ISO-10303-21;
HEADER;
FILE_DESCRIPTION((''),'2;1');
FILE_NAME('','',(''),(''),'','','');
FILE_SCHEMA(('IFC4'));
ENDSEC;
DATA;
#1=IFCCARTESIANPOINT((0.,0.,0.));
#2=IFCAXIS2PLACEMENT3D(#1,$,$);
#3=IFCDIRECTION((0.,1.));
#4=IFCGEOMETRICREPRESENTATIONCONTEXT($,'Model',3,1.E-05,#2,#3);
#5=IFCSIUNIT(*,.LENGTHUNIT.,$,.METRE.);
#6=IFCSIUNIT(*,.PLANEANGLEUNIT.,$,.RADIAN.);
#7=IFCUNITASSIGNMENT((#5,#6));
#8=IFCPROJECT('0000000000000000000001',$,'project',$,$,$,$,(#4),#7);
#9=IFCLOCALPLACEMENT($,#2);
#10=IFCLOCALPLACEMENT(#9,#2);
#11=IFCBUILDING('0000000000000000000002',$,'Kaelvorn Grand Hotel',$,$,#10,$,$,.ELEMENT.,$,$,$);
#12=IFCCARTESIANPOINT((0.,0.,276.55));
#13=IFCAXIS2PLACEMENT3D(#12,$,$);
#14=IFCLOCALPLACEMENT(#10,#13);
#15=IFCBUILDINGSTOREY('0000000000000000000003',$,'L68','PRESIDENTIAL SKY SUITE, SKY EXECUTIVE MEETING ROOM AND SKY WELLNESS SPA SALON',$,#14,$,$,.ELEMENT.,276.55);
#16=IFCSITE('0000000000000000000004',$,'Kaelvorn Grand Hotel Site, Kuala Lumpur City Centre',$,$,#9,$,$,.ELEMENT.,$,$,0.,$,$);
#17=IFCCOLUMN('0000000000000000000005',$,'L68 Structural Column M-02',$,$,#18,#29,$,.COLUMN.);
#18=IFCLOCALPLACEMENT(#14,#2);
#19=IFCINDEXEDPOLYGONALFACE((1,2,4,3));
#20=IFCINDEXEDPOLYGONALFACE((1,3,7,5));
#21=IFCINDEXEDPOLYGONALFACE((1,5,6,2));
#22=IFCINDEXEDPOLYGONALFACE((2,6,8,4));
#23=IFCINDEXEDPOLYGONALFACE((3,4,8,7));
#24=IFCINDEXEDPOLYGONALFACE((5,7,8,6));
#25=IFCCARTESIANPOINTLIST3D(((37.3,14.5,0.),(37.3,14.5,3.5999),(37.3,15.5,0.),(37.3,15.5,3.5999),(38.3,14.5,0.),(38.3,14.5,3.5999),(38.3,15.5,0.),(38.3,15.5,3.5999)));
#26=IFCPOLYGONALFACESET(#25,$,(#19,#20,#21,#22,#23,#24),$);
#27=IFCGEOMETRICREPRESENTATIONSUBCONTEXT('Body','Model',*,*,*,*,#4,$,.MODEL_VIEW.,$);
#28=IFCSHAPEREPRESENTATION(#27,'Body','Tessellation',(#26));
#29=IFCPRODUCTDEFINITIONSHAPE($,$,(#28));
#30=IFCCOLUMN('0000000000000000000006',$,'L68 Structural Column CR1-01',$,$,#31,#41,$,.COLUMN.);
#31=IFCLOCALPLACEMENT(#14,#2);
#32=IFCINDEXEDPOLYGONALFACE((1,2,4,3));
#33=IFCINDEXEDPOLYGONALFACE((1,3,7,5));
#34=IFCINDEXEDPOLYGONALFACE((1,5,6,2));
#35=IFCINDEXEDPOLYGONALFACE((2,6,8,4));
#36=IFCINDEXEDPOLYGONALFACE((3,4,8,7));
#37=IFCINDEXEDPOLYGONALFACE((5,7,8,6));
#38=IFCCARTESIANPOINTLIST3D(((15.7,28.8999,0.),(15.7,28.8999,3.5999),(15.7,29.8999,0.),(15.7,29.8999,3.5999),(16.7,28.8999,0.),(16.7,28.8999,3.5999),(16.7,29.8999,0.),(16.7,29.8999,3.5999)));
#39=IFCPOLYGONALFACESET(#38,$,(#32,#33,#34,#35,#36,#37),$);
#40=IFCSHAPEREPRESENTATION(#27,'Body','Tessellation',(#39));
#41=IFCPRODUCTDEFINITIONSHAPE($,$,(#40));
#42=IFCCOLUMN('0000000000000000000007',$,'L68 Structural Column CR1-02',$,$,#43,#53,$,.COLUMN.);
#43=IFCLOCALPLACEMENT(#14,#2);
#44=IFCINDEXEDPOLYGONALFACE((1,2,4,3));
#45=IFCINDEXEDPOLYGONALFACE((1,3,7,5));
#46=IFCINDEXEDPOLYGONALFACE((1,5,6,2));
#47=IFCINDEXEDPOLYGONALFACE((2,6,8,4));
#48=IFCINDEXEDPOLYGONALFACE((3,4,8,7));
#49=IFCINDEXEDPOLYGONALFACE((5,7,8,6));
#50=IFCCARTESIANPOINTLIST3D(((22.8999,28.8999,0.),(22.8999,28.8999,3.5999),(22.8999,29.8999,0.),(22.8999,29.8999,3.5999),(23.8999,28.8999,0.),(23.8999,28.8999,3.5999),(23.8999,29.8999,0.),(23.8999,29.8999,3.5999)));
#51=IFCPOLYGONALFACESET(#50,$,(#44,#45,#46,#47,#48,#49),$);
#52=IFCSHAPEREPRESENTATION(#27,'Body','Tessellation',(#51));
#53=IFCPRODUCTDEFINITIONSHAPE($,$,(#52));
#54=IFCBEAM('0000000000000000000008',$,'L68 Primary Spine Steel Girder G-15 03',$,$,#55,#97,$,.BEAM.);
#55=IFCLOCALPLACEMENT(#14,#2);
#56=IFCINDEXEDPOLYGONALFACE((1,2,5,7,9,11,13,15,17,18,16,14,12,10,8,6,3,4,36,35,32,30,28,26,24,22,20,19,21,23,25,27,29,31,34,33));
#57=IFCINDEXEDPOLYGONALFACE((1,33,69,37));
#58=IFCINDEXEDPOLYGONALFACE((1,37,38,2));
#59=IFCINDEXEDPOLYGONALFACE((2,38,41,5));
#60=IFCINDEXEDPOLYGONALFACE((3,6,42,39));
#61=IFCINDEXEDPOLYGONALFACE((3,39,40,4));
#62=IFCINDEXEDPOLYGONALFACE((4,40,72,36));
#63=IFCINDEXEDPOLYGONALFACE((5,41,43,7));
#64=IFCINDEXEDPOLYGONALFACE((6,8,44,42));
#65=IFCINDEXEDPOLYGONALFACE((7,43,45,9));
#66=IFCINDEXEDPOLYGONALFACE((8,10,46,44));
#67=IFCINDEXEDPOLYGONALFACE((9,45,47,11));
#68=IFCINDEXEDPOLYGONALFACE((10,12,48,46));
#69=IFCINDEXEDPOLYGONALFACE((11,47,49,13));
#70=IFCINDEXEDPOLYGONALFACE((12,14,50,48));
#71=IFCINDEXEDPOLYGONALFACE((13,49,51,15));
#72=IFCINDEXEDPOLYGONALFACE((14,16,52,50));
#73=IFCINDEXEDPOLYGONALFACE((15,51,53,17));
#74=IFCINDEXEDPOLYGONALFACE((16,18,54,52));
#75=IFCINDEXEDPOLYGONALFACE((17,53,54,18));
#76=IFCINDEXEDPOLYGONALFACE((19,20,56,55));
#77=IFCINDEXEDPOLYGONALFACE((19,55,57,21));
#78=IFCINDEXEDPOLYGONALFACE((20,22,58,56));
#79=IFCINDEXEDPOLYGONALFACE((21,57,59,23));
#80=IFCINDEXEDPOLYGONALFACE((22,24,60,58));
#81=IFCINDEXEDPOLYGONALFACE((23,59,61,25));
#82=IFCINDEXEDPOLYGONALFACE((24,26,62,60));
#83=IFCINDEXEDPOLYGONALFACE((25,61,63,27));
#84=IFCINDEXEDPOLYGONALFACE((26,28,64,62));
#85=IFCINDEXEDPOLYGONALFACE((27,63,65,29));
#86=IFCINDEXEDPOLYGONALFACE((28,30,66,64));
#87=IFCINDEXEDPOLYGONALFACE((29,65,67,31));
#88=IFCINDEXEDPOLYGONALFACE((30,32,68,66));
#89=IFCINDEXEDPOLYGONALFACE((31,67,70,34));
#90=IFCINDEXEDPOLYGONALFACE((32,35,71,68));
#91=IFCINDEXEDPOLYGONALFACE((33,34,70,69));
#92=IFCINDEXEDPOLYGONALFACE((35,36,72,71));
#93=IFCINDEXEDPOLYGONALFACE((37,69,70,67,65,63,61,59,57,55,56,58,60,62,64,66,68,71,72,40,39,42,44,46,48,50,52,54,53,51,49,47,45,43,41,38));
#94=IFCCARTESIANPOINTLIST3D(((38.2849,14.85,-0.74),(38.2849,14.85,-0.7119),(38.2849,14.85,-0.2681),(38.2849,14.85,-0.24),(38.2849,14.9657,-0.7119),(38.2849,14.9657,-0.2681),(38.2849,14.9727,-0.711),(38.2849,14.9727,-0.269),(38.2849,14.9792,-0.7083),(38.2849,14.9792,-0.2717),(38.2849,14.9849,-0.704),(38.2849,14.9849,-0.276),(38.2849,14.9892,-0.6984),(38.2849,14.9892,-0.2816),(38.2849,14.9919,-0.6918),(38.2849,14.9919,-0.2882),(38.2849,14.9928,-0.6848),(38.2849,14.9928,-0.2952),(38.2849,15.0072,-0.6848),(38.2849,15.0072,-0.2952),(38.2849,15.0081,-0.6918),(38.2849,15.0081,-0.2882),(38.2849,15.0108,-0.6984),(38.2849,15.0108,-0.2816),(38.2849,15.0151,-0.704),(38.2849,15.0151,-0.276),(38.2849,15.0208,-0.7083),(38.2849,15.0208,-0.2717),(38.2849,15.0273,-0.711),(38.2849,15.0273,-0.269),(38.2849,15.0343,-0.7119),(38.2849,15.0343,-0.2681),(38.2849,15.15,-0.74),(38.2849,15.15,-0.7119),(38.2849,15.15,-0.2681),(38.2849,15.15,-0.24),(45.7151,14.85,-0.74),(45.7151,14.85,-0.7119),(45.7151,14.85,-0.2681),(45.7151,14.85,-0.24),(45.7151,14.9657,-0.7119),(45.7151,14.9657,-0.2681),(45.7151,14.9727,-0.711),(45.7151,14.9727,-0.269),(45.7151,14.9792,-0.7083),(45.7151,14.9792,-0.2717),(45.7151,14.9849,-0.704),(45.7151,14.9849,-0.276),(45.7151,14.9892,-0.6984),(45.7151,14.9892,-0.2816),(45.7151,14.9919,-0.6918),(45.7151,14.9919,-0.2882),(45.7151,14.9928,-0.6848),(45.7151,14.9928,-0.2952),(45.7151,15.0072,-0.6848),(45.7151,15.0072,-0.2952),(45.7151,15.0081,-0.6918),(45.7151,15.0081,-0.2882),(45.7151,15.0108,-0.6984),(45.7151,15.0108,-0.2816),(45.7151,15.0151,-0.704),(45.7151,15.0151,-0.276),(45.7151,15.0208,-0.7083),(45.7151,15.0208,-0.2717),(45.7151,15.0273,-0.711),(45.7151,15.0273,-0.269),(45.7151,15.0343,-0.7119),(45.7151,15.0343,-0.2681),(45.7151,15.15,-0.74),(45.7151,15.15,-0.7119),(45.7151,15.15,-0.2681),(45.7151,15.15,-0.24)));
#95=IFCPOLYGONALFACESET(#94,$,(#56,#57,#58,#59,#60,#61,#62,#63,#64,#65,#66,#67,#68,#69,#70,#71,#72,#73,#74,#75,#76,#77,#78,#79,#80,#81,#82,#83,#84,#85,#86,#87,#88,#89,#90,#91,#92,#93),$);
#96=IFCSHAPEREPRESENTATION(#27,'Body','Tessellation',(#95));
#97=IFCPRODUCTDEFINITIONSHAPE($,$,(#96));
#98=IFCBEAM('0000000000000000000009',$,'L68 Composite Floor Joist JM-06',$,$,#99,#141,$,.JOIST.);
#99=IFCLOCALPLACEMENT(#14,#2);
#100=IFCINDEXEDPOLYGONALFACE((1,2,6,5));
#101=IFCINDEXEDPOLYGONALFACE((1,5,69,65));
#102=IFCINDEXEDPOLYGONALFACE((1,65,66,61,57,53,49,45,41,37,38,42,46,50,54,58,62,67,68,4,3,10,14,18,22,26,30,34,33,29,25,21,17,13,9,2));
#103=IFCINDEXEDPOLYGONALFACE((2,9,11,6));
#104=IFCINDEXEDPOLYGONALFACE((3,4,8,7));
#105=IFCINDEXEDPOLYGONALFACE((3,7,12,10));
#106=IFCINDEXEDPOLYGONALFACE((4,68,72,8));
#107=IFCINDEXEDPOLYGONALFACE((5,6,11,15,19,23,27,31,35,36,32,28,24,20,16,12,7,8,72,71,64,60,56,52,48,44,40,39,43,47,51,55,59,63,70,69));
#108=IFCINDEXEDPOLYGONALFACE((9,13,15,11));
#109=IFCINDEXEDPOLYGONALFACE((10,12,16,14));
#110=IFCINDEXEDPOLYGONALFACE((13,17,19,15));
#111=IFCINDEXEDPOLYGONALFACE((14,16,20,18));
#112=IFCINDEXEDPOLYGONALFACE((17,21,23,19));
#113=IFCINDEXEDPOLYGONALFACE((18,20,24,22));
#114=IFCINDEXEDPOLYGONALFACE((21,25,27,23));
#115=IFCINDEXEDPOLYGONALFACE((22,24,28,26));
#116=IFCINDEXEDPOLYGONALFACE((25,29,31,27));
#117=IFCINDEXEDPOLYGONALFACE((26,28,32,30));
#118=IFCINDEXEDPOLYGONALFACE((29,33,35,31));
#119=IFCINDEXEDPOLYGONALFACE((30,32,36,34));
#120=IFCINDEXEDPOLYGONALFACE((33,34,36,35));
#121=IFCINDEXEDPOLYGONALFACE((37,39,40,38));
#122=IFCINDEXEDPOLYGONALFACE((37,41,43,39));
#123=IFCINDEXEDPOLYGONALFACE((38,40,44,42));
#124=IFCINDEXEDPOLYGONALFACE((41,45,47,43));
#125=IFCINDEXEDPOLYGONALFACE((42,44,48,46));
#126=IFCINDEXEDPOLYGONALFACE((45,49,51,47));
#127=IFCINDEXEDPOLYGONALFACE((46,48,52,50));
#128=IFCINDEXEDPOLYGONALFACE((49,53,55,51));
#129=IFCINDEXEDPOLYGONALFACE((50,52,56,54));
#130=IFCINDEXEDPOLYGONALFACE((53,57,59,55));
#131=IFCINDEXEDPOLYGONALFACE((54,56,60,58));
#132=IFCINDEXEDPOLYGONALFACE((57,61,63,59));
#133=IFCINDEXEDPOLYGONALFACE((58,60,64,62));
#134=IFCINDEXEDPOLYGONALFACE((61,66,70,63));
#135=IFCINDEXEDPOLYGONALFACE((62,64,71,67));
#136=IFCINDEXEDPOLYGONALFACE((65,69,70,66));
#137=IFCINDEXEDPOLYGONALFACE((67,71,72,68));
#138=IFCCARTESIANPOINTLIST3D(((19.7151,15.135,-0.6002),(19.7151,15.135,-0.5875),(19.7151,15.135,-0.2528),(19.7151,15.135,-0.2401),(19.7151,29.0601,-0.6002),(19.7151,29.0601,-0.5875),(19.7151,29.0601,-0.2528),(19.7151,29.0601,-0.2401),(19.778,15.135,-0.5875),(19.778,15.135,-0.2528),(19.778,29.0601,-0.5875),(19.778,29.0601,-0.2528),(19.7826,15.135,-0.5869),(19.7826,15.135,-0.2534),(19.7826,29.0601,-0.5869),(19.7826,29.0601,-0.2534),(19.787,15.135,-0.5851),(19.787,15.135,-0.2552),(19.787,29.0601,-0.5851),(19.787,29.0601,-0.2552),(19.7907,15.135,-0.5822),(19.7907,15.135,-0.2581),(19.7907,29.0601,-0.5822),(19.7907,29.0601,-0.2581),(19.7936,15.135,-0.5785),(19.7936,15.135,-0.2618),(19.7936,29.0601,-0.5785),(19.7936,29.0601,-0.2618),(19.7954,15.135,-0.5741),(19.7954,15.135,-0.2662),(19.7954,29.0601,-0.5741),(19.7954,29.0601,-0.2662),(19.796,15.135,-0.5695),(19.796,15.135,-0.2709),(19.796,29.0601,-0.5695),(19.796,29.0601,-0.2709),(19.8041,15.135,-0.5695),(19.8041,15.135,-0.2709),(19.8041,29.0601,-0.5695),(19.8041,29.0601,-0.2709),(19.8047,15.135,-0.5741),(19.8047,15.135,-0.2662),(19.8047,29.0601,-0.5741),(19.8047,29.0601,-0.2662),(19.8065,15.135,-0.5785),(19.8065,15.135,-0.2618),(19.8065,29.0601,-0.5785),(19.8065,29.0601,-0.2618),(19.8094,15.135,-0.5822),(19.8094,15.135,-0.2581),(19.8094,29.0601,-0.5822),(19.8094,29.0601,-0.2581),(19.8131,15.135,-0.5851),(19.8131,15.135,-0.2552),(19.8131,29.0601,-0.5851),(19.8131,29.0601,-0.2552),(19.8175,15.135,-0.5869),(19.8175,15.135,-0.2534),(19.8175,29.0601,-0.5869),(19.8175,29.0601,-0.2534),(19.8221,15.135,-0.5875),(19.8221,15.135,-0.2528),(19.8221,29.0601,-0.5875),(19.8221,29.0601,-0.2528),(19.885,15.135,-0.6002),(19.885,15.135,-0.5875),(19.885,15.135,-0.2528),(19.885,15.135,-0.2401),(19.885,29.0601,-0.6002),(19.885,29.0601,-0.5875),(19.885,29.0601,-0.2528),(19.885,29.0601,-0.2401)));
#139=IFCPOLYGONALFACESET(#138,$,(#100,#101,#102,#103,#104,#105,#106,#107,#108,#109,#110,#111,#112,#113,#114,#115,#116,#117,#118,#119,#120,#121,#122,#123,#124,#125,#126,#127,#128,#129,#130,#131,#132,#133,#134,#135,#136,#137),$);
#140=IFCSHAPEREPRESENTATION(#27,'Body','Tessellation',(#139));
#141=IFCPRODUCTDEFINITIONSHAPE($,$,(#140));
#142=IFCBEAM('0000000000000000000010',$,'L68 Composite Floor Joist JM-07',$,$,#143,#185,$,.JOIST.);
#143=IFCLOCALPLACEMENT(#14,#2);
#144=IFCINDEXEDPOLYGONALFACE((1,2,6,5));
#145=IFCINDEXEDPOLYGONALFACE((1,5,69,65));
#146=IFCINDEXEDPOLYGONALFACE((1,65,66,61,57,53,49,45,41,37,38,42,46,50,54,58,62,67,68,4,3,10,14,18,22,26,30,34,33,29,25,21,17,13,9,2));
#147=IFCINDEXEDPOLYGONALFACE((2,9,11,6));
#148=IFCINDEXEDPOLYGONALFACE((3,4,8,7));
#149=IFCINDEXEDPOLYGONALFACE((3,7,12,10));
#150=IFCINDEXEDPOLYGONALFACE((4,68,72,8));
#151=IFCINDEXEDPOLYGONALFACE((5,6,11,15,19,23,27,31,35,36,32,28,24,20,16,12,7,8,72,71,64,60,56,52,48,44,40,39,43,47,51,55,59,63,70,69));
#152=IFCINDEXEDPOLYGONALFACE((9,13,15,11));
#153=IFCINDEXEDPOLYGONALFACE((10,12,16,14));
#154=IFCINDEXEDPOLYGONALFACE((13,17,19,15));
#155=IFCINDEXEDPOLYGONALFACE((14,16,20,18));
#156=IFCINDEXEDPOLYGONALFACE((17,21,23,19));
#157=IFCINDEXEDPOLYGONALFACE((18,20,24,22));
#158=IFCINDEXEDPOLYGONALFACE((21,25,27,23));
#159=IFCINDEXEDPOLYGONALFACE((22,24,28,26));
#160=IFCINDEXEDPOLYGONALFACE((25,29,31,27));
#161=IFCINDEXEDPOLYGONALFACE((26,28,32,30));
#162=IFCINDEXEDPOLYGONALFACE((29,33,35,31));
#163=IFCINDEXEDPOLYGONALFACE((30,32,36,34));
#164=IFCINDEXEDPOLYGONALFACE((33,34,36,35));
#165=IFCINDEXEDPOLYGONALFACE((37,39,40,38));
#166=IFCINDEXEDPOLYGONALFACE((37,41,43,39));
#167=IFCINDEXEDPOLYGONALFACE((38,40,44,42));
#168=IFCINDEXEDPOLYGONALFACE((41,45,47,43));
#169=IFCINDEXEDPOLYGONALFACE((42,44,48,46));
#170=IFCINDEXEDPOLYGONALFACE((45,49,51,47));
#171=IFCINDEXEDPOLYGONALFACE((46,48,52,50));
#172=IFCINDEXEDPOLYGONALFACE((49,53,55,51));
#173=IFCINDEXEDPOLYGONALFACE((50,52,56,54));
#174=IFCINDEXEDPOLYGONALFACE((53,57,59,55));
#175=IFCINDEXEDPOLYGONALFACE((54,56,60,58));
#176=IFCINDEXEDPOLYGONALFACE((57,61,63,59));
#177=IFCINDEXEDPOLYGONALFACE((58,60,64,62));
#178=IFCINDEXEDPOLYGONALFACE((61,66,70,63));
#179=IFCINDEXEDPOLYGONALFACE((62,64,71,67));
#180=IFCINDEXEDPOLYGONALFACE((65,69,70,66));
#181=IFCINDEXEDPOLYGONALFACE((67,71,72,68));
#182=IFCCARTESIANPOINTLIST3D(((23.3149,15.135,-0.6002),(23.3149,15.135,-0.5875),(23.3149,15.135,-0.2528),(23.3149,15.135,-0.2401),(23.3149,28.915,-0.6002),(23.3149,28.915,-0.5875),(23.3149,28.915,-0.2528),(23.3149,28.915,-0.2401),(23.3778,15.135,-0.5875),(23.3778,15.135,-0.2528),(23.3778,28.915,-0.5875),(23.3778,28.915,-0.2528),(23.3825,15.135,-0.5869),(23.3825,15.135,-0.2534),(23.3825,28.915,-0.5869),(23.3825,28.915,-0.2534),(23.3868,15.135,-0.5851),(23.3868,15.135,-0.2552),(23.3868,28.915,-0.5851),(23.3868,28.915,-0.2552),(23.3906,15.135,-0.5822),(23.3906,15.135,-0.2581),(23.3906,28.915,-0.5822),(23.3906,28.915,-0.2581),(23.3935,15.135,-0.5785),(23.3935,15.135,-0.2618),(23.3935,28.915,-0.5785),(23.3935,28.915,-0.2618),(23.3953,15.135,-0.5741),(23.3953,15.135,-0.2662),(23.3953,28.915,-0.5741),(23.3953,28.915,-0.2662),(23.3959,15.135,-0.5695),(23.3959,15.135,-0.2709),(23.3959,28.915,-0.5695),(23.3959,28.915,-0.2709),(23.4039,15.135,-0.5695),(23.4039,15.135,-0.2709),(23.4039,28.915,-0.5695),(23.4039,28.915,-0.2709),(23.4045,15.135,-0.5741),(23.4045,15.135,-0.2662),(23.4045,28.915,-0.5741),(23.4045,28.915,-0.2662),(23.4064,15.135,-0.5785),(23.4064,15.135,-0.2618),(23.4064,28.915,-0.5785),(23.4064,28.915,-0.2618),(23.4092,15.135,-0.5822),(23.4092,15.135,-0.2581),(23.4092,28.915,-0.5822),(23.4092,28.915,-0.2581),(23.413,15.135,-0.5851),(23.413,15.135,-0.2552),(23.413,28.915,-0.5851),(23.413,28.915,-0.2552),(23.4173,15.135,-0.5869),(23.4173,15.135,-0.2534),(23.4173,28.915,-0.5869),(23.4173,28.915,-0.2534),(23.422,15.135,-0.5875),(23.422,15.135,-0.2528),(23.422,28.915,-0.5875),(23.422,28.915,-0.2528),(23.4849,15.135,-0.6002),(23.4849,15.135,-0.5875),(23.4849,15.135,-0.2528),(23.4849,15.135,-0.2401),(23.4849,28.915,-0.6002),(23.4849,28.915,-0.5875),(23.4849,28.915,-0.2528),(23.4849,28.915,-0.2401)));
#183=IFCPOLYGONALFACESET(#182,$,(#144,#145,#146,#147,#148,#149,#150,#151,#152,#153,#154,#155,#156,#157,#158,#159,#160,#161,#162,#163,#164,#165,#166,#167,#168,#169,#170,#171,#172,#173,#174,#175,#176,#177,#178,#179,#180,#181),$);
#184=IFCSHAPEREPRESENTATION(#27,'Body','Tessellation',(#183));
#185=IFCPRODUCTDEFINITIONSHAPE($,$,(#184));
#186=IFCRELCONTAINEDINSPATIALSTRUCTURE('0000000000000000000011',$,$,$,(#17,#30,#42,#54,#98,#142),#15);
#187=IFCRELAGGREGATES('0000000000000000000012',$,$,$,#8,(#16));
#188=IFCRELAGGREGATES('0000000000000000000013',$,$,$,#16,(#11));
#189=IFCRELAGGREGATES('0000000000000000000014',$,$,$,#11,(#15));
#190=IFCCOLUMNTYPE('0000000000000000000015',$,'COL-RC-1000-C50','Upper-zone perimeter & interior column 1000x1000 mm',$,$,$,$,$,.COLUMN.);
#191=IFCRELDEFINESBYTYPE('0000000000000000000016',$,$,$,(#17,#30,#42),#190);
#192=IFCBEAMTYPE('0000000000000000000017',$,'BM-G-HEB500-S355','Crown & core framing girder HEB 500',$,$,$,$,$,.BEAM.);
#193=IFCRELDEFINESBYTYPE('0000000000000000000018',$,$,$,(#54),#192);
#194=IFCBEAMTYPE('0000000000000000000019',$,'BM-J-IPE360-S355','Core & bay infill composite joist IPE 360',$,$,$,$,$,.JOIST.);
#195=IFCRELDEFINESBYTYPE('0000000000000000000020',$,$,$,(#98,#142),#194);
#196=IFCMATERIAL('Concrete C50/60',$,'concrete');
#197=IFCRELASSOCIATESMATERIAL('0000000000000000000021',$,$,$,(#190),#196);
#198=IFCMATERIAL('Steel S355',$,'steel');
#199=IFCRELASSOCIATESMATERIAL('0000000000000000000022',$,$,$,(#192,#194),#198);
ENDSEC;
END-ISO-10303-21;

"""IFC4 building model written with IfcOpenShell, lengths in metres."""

from ifc_helpers import new_model, si_unit, direction, frame, origin, origin_2d, place, context, subcontext, project, spatial, rectangle, i_section, extrude, material, material_profile, profile_set, type_object, element, save


model = new_model("IFC4")

# Units and contexts
model_context = context("Model", 3, precision=1e-05, world=origin(), true_north=direction((0.0, 1.0)))
body_context = subcontext(model_context, "Body", "Model", "MODEL_VIEW")
ifc_project = project(units=[si_unit("LENGTHUNIT", "METRE"), si_unit("PLANEANGLEUNIT", "RADIAN")], contexts=[model_context])

# Site, building, storey
site_placement = place(None, origin())
site = spatial("IfcSite", under=ifc_project, at=site_placement, Name="Kaelvorn Grand Hotel Site, Kuala Lumpur City Centre", CompositionType="ELEMENT", RefElevation=0.0)
building_placement = place(site_placement, origin())
building = spatial("IfcBuilding", under=site, at=building_placement, Name="Kaelvorn Grand Hotel", CompositionType="ELEMENT")
storey_placement = place(building_placement, frame((0.0, 0.0, 276.55)))
storey = spatial("IfcBuildingStorey", under=building, at=storey_placement, Name="L68", Description="PRESIDENTIAL SKY SUITE, SKY EXECUTIVE MEETING ROOM AND SKY WELLNESS SPA SALON", CompositionType="ELEMENT", Elevation=276.55)

# Columns
ifc_material_1 = material(Name="Concrete C50/60", Category="concrete")
ifc_material_profile_1 = material_profile(ifc_material_1, rectangle(XDim=1.0, YDim=1.0, at=origin_2d()), Name="RC COL 1000x1000")
ifc_profile_set_1 = profile_set([ifc_material_profile_1], Name="Concrete C50/60")
column_type = type_object("IfcColumnType", Name="COL-RC-1000-C50", Description="Upper-zone perimeter & interior column 1000x1000 mm", PredefinedType="COLUMN", material=ifc_profile_set_1)
for number, where, z_axis, x_axis, name in (
    (1, (37.8, 15.0, 0.0), (0.0, 0.0, 1.0), (1.0, 0.0, 0.0), "L68 Structural Column M-02"),
    (2, (16.2, 29.3999, 0.0), (0.0, 0.0, 1.0), (1.0, 0.0, 0.0), "L68 Structural Column CR1-01"),
    (3, (23.3999, 29.3999, 0.0), (0.0, 0.0, 1.0), (1.0, 0.0, 0.0), "L68 Structural Column CR1-02"),
):
    element("IfcColumn", number, at=place(storey_placement, frame(where, z_axis=z_axis, x_axis=x_axis)), inside=storey, type_object=column_type, Name=name, PredefinedType="COLUMN", context=body_context, shape_type="SweptSolid", body=[
        extrude(rectangle(XDim=1.0, YDim=1.0, at=origin_2d()), origin(), (0.0, 0.0, 1.0), 3.5999),
    ])

# Beams
ifc_material_2 = material(Name="Steel S355", Category="steel")
ifc_material_profile_2 = material_profile(ifc_material_2, i_section(OverallWidth=0.3, OverallDepth=0.5, WebThickness=0.0144, FlangeThickness=0.0281, FilletRadius=0.0271, at=origin_2d()), Name="HEB 500")
ifc_profile_set_2 = profile_set([ifc_material_profile_2], Name="Steel S355")
beam_type_1 = type_object("IfcBeamType", Name="BM-G-HEB500-S355", Description="Crown & core framing girder HEB 500", PredefinedType="BEAM", material=ifc_profile_set_2)
beam_1_placement = place(storey_placement, frame((38.2849, 15.0, -0.49), z_axis=(1.0, 0.0, 0.0), x_axis=(0.0, 1.0, 0.0)))
element("IfcBeam", 4, at=beam_1_placement, inside=storey, type_object=beam_type_1, Name="L68 Primary Spine Steel Girder G-15 03", PredefinedType="BEAM", context=body_context, shape_type="SweptSolid", body=[
    extrude(i_section(OverallWidth=0.3, OverallDepth=0.5, WebThickness=0.0144, FlangeThickness=0.0281, FilletRadius=0.0271, at=origin_2d()), origin(), (0.0, 0.0, 1.0), 7.4302),
])
ifc_material_profile_3 = material_profile(ifc_material_2, i_section(OverallWidth=0.1699, OverallDepth=0.3601, WebThickness=0.0081, FlangeThickness=0.0127, FilletRadius=0.0181, at=origin_2d()), Name="IPE 360")
ifc_profile_set_3 = profile_set([ifc_material_profile_3], Name="Steel S355")
beam_type_2 = type_object("IfcBeamType", Name="BM-J-IPE360-S355", Description="Core & bay infill composite joist IPE 360", PredefinedType="JOIST", material=ifc_profile_set_3)
beam_2_placement = place(storey_placement, frame((19.8, 15.135, -0.4202), z_axis=(0.0, 1.0, 0.0), x_axis=(-1.0, 0.0, 0.0)))
element("IfcBeam", 5, at=beam_2_placement, inside=storey, type_object=beam_type_2, Name="L68 Composite Floor Joist JM-06", PredefinedType="JOIST", context=body_context, shape_type="SweptSolid", body=[
    extrude(i_section(OverallWidth=0.1699, OverallDepth=0.3601, WebThickness=0.0081, FlangeThickness=0.0127, FilletRadius=0.0181, at=origin_2d()), origin(), (0.0, 0.0, 1.0), 13.925),
])
beam_3_placement = place(storey_placement, frame((23.3999, 15.135, -0.4202), z_axis=(0.0, 1.0, 0.0), x_axis=(-1.0, 0.0, 0.0)))
element("IfcBeam", 6, at=beam_3_placement, inside=storey, type_object=beam_type_2, Name="L68 Composite Floor Joist JM-07", PredefinedType="JOIST", context=body_context, shape_type="SweptSolid", body=[
    extrude(i_section(OverallWidth=0.1699, OverallDepth=0.3601, WebThickness=0.0081, FlangeThickness=0.0127, FilletRadius=0.0181, at=origin_2d()), origin(), (0.0, 0.0, 1.0), 13.78),
])

save(model, "model.ifc")
